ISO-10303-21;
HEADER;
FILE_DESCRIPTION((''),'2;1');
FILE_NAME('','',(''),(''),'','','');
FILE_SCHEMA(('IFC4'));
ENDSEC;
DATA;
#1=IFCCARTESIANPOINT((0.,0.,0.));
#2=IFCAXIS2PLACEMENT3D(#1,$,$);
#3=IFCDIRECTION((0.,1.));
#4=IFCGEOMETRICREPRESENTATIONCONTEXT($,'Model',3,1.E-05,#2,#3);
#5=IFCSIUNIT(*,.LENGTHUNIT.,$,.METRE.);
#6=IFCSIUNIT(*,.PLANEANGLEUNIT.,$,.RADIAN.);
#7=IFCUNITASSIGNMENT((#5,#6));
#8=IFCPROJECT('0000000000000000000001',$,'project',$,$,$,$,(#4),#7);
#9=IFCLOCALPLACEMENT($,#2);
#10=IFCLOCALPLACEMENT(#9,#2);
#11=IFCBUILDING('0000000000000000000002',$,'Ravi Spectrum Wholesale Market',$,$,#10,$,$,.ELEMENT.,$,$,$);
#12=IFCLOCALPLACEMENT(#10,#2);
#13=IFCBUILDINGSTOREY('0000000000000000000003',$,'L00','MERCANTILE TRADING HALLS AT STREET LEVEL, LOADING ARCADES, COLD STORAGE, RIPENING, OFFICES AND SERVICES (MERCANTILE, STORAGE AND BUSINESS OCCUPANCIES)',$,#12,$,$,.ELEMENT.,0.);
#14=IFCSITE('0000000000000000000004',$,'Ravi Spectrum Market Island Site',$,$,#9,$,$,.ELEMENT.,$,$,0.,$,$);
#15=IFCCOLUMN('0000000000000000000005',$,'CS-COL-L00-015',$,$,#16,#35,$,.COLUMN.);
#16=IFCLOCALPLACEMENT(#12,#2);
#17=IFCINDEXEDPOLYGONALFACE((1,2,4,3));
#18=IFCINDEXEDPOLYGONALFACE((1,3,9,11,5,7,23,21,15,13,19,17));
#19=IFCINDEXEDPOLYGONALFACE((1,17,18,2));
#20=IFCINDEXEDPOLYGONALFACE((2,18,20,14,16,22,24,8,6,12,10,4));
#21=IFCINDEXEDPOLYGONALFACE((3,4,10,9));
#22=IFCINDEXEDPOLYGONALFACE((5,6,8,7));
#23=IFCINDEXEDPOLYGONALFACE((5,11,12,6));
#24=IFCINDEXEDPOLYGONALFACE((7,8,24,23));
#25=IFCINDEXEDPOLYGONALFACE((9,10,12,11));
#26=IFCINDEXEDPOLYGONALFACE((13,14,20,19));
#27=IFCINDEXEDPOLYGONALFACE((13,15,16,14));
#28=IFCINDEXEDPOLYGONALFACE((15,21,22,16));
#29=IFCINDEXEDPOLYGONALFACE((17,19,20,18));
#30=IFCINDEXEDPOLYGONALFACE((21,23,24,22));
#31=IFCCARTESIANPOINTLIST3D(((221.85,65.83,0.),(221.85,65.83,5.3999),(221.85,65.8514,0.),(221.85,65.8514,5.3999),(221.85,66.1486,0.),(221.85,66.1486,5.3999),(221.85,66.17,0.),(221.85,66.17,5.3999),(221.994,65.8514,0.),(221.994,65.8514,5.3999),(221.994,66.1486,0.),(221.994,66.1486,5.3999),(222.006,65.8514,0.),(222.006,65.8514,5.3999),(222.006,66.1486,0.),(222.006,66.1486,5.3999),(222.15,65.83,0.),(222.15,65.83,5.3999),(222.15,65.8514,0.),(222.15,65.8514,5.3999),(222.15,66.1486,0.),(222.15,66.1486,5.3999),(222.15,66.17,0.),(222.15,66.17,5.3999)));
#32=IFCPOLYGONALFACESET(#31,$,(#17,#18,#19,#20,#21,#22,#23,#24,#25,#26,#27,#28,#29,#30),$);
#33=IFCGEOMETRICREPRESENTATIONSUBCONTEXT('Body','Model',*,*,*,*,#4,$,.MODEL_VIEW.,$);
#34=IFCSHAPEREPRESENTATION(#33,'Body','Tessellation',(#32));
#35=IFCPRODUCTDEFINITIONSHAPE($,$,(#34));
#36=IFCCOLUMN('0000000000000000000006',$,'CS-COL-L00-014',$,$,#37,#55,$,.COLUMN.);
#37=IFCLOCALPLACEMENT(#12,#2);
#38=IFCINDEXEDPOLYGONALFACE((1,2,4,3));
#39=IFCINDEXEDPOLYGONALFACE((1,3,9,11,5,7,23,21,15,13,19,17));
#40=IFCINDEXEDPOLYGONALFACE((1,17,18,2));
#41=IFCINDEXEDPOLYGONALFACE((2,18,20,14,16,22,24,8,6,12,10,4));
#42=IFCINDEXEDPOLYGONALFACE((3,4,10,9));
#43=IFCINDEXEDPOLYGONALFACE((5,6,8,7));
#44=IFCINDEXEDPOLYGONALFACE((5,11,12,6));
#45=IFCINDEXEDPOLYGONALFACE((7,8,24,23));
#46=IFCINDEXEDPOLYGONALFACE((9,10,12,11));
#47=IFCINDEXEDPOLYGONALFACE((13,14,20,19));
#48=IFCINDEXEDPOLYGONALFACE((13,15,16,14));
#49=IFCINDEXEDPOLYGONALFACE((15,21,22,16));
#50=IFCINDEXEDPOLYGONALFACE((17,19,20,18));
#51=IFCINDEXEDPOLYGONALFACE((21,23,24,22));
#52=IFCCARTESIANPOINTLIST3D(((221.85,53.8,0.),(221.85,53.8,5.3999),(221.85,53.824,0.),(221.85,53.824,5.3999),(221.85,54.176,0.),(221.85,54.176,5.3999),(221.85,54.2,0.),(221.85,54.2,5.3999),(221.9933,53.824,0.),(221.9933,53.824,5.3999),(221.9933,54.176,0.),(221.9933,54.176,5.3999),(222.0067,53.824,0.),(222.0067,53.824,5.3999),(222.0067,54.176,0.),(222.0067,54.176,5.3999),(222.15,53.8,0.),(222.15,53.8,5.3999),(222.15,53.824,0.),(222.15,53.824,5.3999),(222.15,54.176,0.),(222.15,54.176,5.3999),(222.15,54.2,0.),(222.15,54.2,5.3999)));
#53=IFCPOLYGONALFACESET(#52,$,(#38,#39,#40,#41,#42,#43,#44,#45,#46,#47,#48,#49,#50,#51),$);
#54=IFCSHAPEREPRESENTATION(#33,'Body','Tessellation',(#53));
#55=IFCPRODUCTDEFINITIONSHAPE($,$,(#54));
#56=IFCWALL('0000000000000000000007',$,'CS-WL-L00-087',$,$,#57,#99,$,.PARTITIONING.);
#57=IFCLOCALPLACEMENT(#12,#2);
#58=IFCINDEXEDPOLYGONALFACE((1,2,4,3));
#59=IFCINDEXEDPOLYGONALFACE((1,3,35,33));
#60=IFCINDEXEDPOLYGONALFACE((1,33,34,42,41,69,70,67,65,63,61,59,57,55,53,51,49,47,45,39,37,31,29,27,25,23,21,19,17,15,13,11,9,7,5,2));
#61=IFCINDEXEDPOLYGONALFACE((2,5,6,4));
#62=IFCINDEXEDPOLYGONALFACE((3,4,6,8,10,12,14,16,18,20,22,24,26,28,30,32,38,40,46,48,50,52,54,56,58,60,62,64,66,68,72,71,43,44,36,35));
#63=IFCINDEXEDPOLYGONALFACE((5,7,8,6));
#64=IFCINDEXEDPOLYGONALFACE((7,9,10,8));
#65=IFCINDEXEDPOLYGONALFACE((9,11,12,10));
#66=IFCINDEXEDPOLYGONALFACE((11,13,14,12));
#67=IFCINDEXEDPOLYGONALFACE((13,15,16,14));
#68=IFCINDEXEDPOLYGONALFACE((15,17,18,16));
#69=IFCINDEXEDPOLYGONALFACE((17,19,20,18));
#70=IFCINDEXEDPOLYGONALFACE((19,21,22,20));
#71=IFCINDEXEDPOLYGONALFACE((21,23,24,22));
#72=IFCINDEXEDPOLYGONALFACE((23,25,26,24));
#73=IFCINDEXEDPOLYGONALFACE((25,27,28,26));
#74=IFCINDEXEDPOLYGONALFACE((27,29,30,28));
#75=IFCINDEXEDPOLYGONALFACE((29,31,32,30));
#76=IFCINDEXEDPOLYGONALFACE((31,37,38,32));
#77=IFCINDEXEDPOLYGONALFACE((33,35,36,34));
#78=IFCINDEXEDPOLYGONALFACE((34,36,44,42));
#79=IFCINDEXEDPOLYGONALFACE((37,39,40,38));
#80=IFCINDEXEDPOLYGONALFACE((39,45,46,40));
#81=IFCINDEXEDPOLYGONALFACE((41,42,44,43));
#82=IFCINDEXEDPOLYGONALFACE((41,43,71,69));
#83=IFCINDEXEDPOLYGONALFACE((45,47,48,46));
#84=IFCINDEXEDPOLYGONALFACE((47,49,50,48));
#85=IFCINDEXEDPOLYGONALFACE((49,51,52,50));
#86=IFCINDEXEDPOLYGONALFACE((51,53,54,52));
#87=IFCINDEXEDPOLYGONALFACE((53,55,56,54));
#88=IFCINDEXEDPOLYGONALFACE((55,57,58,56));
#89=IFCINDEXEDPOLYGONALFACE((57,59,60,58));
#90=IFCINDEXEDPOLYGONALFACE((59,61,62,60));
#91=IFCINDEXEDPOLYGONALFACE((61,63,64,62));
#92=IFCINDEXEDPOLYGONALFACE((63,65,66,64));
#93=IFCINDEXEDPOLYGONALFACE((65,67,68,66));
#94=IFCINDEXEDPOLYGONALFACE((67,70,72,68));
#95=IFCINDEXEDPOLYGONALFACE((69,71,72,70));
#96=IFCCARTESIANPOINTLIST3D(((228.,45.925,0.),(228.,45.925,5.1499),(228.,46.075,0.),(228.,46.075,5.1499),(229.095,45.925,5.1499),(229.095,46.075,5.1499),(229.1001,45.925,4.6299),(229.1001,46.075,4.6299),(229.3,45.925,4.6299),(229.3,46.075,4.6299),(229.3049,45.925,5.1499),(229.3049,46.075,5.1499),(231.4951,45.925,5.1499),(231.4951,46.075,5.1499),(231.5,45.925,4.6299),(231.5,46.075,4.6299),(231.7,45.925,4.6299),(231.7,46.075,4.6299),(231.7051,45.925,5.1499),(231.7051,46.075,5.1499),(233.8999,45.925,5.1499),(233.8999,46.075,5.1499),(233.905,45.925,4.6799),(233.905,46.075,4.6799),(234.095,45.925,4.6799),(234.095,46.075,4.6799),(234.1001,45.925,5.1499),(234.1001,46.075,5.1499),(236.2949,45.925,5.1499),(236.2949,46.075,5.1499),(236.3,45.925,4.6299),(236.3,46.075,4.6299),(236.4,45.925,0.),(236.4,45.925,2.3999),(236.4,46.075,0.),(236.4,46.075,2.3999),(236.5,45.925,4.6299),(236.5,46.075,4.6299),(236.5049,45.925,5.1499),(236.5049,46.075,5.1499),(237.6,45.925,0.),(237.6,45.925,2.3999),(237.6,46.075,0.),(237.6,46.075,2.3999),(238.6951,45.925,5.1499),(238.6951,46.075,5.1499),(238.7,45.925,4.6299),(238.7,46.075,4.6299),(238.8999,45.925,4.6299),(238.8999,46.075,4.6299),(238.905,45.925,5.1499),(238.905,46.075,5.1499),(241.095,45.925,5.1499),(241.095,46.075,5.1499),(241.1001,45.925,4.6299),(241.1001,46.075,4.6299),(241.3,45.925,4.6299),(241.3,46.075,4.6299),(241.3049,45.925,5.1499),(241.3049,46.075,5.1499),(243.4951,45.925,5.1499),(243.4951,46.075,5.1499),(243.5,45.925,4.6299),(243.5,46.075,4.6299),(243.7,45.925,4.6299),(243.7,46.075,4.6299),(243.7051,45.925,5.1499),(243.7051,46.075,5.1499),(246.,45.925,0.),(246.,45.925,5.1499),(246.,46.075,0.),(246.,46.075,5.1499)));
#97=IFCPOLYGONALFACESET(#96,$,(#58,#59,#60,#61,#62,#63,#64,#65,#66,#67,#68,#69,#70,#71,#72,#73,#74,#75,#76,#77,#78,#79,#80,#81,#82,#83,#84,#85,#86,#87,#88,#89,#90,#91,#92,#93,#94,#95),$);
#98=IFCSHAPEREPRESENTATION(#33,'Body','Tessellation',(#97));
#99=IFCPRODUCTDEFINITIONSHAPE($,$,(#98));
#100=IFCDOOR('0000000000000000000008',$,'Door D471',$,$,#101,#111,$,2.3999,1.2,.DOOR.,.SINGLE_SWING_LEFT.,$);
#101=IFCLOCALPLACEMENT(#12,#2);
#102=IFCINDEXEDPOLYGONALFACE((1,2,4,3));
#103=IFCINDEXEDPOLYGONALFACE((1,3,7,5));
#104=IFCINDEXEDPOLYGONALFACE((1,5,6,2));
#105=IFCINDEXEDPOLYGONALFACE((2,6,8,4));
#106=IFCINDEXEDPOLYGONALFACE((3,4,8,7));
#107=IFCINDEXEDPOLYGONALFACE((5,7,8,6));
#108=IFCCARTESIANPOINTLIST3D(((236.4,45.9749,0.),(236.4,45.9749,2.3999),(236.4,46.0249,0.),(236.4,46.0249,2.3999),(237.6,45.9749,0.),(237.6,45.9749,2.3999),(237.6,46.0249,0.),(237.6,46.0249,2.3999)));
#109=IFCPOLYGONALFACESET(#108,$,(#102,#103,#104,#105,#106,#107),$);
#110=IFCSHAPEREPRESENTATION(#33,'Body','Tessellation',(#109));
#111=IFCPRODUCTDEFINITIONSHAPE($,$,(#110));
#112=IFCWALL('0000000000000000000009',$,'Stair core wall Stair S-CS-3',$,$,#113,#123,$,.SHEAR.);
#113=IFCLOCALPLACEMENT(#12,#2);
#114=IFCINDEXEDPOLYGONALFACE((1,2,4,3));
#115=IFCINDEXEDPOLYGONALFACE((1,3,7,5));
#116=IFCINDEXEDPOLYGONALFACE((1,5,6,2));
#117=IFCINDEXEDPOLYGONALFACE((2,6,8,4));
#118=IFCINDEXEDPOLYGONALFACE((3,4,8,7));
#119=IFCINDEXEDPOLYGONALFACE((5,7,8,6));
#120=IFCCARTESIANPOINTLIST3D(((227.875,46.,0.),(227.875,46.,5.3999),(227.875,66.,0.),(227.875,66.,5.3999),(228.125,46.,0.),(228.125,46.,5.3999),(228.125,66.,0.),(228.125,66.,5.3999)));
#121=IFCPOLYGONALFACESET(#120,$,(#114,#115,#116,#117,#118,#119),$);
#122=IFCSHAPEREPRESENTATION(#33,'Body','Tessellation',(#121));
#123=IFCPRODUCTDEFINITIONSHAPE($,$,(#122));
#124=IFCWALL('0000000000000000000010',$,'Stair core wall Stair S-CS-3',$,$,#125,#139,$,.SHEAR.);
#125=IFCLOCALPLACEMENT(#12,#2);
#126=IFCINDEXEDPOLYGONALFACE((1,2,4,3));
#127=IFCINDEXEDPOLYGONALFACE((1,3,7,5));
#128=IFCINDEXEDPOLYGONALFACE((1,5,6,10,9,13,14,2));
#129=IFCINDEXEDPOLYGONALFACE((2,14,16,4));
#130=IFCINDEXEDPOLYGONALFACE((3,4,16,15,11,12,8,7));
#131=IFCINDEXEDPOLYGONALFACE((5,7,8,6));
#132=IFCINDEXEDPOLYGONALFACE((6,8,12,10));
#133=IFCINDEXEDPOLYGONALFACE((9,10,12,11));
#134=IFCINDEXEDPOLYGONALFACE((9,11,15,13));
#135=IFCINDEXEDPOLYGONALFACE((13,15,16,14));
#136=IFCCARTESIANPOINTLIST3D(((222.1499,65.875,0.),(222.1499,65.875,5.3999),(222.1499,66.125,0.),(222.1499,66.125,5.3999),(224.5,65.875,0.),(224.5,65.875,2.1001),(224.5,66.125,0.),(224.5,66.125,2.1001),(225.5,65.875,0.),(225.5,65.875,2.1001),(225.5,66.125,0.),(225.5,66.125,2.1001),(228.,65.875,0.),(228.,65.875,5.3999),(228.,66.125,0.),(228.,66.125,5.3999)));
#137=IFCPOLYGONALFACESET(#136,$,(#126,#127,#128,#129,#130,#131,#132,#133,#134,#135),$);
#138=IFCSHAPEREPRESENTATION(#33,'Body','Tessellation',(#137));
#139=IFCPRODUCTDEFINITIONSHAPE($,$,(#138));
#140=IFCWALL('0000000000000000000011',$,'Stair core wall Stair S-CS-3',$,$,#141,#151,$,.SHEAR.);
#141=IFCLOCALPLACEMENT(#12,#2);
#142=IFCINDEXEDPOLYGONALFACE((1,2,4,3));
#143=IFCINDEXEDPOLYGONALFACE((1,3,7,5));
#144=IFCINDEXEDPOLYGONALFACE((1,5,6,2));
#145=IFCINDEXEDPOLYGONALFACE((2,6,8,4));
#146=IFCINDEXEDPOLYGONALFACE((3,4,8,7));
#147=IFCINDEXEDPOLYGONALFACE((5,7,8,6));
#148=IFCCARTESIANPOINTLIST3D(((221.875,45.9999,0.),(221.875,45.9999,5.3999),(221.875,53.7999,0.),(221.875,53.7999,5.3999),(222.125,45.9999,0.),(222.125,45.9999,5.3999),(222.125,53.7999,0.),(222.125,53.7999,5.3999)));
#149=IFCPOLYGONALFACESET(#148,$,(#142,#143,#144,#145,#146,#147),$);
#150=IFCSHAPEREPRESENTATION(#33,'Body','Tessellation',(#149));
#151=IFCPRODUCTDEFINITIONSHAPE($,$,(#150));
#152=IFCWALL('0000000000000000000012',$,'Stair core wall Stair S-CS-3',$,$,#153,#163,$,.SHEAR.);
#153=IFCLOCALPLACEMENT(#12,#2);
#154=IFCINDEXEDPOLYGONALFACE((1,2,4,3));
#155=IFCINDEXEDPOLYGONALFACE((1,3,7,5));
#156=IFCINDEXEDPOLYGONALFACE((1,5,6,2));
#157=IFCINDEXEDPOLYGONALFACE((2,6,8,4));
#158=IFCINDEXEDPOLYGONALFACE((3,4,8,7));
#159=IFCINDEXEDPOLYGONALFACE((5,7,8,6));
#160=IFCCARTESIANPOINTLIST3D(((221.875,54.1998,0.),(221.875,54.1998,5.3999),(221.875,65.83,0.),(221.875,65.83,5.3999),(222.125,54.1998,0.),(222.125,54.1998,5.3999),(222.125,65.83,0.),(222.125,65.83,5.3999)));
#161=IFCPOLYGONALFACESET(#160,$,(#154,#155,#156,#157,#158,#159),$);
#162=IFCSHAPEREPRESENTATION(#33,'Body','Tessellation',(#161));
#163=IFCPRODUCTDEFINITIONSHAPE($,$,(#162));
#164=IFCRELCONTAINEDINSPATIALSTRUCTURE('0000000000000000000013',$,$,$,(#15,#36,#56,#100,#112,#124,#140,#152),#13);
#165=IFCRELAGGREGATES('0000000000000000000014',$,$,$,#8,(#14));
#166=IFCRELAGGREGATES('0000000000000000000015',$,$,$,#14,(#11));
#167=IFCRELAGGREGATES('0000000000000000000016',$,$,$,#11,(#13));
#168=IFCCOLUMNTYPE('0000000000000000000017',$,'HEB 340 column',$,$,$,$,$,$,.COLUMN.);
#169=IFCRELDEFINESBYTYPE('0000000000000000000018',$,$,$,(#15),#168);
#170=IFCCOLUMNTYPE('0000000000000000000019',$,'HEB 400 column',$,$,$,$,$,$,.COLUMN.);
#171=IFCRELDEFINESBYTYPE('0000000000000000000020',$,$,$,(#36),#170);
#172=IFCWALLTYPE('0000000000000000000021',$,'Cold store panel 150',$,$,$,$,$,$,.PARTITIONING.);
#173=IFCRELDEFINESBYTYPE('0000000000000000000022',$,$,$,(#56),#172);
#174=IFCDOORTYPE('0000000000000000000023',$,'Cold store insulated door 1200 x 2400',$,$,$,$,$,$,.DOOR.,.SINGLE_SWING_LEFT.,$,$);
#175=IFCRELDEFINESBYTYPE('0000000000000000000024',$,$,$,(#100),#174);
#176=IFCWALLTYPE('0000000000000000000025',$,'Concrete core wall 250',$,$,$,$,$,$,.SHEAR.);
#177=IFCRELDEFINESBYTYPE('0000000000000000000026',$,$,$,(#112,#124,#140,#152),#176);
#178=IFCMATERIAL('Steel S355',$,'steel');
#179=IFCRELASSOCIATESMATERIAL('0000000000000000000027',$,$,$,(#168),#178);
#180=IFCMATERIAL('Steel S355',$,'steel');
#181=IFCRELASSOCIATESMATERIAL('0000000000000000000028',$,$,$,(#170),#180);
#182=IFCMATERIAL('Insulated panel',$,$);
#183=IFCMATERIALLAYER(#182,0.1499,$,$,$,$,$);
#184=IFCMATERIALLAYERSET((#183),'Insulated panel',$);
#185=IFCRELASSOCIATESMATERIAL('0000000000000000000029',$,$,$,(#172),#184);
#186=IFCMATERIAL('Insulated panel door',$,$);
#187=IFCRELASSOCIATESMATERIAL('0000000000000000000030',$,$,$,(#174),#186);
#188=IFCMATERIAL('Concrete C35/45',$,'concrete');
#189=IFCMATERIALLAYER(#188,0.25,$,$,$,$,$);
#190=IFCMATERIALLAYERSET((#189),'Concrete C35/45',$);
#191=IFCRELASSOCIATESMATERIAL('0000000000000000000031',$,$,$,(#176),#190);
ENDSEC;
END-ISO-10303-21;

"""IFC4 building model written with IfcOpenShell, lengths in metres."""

from ifc_helpers import new_model, si_unit, direction, frame, frame_2d, origin, origin_2d, place, context, subcontext, project, spatial, polyline, rectangle, i_section, outline, extrude, material, layer, layer_set, material_profile, profile_set, type_object, element, fill, save


model = new_model("IFC4")

# Units and contexts
model_context = context("Model", 3, precision=1e-05, world=origin(), true_north=direction((0.0, 1.0)))
body_context = subcontext(model_context, "Body", "Model", "MODEL_VIEW")
ifc_project = project(units=[si_unit("LENGTHUNIT", "METRE"), si_unit("PLANEANGLEUNIT", "RADIAN")], contexts=[model_context])

# Site, building, storey
site_placement = place(None, origin())
site = spatial("IfcSite", under=ifc_project, at=site_placement, Name="Ravi Spectrum Market Island Site", CompositionType="ELEMENT", RefElevation=0.0)
building_placement = place(site_placement, origin())
building = spatial("IfcBuilding", under=site, at=building_placement, Name="Ravi Spectrum Wholesale Market", CompositionType="ELEMENT")
storey_placement = place(building_placement, origin())
storey = spatial("IfcBuildingStorey", under=building, at=storey_placement, Name="L00", Description="MERCANTILE TRADING HALLS AT STREET LEVEL, LOADING ARCADES, COLD STORAGE, RIPENING, OFFICES AND SERVICES (MERCANTILE, STORAGE AND BUSINESS OCCUPANCIES)", CompositionType="ELEMENT", Elevation=0.0)

# Columns
ifc_material_1 = material(Name="Steel S355", Category="steel")
ifc_material_profile_1 = material_profile(ifc_material_1, i_section(OverallWidth=0.3, OverallDepth=0.3401, WebThickness=0.012, FlangeThickness=0.0215, at=origin_2d()))
ifc_profile_set_1 = profile_set([ifc_material_profile_1], Name="Steel S355")
column_type_1 = type_object("IfcColumnType", Name="HEB 340 column", PredefinedType="COLUMN", material=ifc_profile_set_1)
column_1_placement = place(storey_placement, frame((222.0, 66.0, 0.0), z_axis=(0.0, 0.0, 1.0), x_axis=(1.0, 0.0, 0.0)))
element("IfcColumn", 1, at=column_1_placement, inside=storey, type_object=column_type_1, Name="CS-COL-L00-015", PredefinedType="COLUMN", context=body_context, shape_type="SweptSolid", body=[
    extrude(i_section(OverallWidth=0.3, OverallDepth=0.3401, WebThickness=0.012, FlangeThickness=0.0215, at=origin_2d()), origin(), (0.0, 0.0, 1.0), 5.3999),
])
ifc_material_2 = material(Name="Steel S355", Category="steel")
ifc_material_profile_2 = material_profile(ifc_material_2, i_section(OverallWidth=0.3, OverallDepth=0.3999, WebThickness=0.0134, FlangeThickness=0.0239, at=origin_2d()))
ifc_profile_set_2 = profile_set([ifc_material_profile_2], Name="Steel S355")
column_type_2 = type_object("IfcColumnType", Name="HEB 400 column", PredefinedType="COLUMN", material=ifc_profile_set_2)
column_2_placement = place(storey_placement, frame((222.0, 54.0, 0.0), z_axis=(0.0, 0.0, 1.0), x_axis=(1.0, 0.0, 0.0)))
element("IfcColumn", 2, at=column_2_placement, inside=storey, type_object=column_type_2, Name="CS-COL-L00-014", PredefinedType="COLUMN", context=body_context, shape_type="SweptSolid", body=[
    extrude(i_section(OverallWidth=0.3, OverallDepth=0.3999, WebThickness=0.0134, FlangeThickness=0.0239, at=origin_2d()), origin(), (0.0, 0.0, 1.0), 5.3999),
])

# Wall, opening, door
ifc_material_3 = material(Name="Insulated panel")
ifc_layer_1 = layer(ifc_material_3, 0.1499)
ifc_layer_set_1 = layer_set([ifc_layer_1], Name="Insulated panel")
wall_type_1 = type_object("IfcWallType", Name="Cold store panel 150", PredefinedType="PARTITIONING", material=ifc_layer_set_1)
wall_1_placement = place(storey_placement, frame((228.0, 46.0, 0.0), z_axis=(0.0, 0.0, 1.0), x_axis=(1.0, 0.0, 0.0)))
wall_1 = element("IfcWall", 3, at=wall_1_placement, inside=storey, type_object=wall_type_1, Name="CS-WL-L00-087", PredefinedType="PARTITIONING", context=body_context, shape_type="SweptSolid", body=[
    extrude(outline(polyline([(0.0, 0.0), (18.0, 0.0), (18.0, 5.1499), (15.7051, 5.1499), (15.7, 4.6299), (15.5, 4.6299), (15.4951, 5.1499), (13.3049, 5.1499), (13.3, 4.6299), (13.1001, 4.6299), (13.095, 5.1499), (10.905, 5.1499), (10.8999, 4.6299), (10.7, 4.6299), (10.6951, 5.1499), (8.5049, 5.1499), (8.5, 4.6299), (8.3, 4.6299), (8.2949, 5.1499), (6.1001, 5.1499), (6.095, 4.6799), (5.905, 4.6799), (5.8999, 5.1499), (3.7051, 5.1499), (3.7, 4.6299), (3.5, 4.6299), (3.4951, 5.1499), (1.3049, 5.1499), (1.3, 4.6299), (1.1001, 4.6299), (1.095, 5.1499), (0.0, 5.1499), (0.0, 0.0)])), frame((0.0, 0.075, 0.0), z_axis=(0.0, -1.0, 0.0), x_axis=(1.0, 0.0, 0.0)), (0.0, 0.0, 1.0), 0.1499),
])
opening_1_placement = place(wall_1_placement, frame((8.3999, 0.0, 0.0)))
opening_1 = element("IfcOpeningElement", 4, at=opening_1_placement, cuts=wall_1, PredefinedType="OPENING", context=body_context, shape_type="SweptSolid", body=[
    extrude(rectangle(XDim=1.2, YDim=2.3999, at=frame_2d((0.6001, 1.2))), frame((0.0, 0.085, 0.0), z_axis=(0.0, -1.0, 0.0), x_axis=(1.0, 0.0, 0.0)), (0.0, 0.0, 1.0), 0.1699),
])
ifc_material_4 = material(Name="Insulated panel door")
door_type = type_object("IfcDoorType", Name="Cold store insulated door 1200 x 2400", OperationType="SINGLE_SWING_LEFT", PredefinedType="DOOR", material=ifc_material_4)
door_placement = place(opening_1_placement, origin())
door = element("IfcDoor", 5, at=door_placement, inside=storey, type_object=door_type, Name="Door D471", OperationType="SINGLE_SWING_LEFT", OverallHeight=2.3999, OverallWidth=1.2, PredefinedType="DOOR", context=body_context, shape_type="SweptSolid", body=[
    extrude(rectangle(XDim=1.2, YDim=2.3999, at=frame_2d((0.6001, 1.2))), frame((0.0, 0.0249, 0.0), z_axis=(0.0, -1.0, 0.0), x_axis=(1.0, 0.0, 0.0)), (0.0, 0.0, 1.0), 0.05),
])
fill(opening_1, door)

# Wall
ifc_material_5 = material(Name="Concrete C35/45", Category="concrete")
ifc_layer_2 = layer(ifc_material_5, 0.25)
ifc_layer_set_2 = layer_set([ifc_layer_2], Name="Concrete C35/45")
wall_type_2 = type_object("IfcWallType", Name="Concrete core wall 250", PredefinedType="SHEAR", material=ifc_layer_set_2)
wall_2_placement = place(storey_placement, frame((228.0, 46.0, 0.0), z_axis=(0.0, 0.0, 1.0), x_axis=(0.0, 1.0, 0.0)))
element("IfcWall", 6, at=wall_2_placement, inside=storey, type_object=wall_type_2, Name="Stair core wall Stair S-CS-3", PredefinedType="SHEAR", context=body_context, shape_type="SweptSolid", body=[
    extrude(rectangle(XDim=20.0, YDim=0.25, at=frame_2d((10.0, 0.0))), origin(), (0.0, 0.0, 1.0), 5.3999),
])

# Wall, opening
wall_3_placement = place(storey_placement, frame((222.1499, 66.0, 0.0), z_axis=(0.0, 0.0, 1.0), x_axis=(1.0, 0.0, 0.0)))
wall_3 = element("IfcWall", 7, at=wall_3_placement, inside=storey, type_object=wall_type_2, Name="Stair core wall Stair S-CS-3", PredefinedType="SHEAR", context=body_context, shape_type="SweptSolid", body=[
    extrude(rectangle(XDim=5.8501, YDim=0.25, at=frame_2d((2.925, 0.0))), origin(), (0.0, 0.0, 1.0), 5.3999),
])
opening_2_placement = place(wall_3_placement, frame((2.3501, 0.0, 0.0)))
element("IfcOpeningElement", 8, at=opening_2_placement, cuts=wall_3, PredefinedType="OPENING", context=body_context, shape_type="SweptSolid", body=[
    extrude(rectangle(XDim=1.0, YDim=2.1001, at=frame_2d((0.5, 1.05))), frame((0.0, 0.135, 0.0), z_axis=(0.0, -1.0, 0.0), x_axis=(1.0, 0.0, 0.0)), (0.0, 0.0, 1.0), 0.27),
])

# Walls
wall_4_placement = place(storey_placement, frame((222.0, 46.0, 0.0), z_axis=(0.0, 0.0, 1.0), x_axis=(0.0, 1.0, 0.0)))
element("IfcWall", 9, at=wall_4_placement, inside=storey, type_object=wall_type_2, Name="Stair core wall Stair S-CS-3", PredefinedType="SHEAR", context=body_context, shape_type="SweptSolid", body=[
    extrude(rectangle(XDim=7.8, YDim=0.25, at=frame_2d((3.8999, 0.0))), origin(), (0.0, 0.0, 1.0), 5.3999),
])
wall_5_placement = place(storey_placement, frame((222.0, 54.2, 0.0), z_axis=(0.0, 0.0, 1.0), x_axis=(0.0, 1.0, 0.0)))
element("IfcWall", 10, at=wall_5_placement, inside=storey, type_object=wall_type_2, Name="Stair core wall Stair S-CS-3", PredefinedType="SHEAR", context=body_context, shape_type="SweptSolid", body=[
    extrude(rectangle(XDim=11.6301, YDim=0.25, at=frame_2d((5.8149, 0.0))), origin(), (0.0, 0.0, 1.0), 5.3999),
])

save(model, "model.ifc")
